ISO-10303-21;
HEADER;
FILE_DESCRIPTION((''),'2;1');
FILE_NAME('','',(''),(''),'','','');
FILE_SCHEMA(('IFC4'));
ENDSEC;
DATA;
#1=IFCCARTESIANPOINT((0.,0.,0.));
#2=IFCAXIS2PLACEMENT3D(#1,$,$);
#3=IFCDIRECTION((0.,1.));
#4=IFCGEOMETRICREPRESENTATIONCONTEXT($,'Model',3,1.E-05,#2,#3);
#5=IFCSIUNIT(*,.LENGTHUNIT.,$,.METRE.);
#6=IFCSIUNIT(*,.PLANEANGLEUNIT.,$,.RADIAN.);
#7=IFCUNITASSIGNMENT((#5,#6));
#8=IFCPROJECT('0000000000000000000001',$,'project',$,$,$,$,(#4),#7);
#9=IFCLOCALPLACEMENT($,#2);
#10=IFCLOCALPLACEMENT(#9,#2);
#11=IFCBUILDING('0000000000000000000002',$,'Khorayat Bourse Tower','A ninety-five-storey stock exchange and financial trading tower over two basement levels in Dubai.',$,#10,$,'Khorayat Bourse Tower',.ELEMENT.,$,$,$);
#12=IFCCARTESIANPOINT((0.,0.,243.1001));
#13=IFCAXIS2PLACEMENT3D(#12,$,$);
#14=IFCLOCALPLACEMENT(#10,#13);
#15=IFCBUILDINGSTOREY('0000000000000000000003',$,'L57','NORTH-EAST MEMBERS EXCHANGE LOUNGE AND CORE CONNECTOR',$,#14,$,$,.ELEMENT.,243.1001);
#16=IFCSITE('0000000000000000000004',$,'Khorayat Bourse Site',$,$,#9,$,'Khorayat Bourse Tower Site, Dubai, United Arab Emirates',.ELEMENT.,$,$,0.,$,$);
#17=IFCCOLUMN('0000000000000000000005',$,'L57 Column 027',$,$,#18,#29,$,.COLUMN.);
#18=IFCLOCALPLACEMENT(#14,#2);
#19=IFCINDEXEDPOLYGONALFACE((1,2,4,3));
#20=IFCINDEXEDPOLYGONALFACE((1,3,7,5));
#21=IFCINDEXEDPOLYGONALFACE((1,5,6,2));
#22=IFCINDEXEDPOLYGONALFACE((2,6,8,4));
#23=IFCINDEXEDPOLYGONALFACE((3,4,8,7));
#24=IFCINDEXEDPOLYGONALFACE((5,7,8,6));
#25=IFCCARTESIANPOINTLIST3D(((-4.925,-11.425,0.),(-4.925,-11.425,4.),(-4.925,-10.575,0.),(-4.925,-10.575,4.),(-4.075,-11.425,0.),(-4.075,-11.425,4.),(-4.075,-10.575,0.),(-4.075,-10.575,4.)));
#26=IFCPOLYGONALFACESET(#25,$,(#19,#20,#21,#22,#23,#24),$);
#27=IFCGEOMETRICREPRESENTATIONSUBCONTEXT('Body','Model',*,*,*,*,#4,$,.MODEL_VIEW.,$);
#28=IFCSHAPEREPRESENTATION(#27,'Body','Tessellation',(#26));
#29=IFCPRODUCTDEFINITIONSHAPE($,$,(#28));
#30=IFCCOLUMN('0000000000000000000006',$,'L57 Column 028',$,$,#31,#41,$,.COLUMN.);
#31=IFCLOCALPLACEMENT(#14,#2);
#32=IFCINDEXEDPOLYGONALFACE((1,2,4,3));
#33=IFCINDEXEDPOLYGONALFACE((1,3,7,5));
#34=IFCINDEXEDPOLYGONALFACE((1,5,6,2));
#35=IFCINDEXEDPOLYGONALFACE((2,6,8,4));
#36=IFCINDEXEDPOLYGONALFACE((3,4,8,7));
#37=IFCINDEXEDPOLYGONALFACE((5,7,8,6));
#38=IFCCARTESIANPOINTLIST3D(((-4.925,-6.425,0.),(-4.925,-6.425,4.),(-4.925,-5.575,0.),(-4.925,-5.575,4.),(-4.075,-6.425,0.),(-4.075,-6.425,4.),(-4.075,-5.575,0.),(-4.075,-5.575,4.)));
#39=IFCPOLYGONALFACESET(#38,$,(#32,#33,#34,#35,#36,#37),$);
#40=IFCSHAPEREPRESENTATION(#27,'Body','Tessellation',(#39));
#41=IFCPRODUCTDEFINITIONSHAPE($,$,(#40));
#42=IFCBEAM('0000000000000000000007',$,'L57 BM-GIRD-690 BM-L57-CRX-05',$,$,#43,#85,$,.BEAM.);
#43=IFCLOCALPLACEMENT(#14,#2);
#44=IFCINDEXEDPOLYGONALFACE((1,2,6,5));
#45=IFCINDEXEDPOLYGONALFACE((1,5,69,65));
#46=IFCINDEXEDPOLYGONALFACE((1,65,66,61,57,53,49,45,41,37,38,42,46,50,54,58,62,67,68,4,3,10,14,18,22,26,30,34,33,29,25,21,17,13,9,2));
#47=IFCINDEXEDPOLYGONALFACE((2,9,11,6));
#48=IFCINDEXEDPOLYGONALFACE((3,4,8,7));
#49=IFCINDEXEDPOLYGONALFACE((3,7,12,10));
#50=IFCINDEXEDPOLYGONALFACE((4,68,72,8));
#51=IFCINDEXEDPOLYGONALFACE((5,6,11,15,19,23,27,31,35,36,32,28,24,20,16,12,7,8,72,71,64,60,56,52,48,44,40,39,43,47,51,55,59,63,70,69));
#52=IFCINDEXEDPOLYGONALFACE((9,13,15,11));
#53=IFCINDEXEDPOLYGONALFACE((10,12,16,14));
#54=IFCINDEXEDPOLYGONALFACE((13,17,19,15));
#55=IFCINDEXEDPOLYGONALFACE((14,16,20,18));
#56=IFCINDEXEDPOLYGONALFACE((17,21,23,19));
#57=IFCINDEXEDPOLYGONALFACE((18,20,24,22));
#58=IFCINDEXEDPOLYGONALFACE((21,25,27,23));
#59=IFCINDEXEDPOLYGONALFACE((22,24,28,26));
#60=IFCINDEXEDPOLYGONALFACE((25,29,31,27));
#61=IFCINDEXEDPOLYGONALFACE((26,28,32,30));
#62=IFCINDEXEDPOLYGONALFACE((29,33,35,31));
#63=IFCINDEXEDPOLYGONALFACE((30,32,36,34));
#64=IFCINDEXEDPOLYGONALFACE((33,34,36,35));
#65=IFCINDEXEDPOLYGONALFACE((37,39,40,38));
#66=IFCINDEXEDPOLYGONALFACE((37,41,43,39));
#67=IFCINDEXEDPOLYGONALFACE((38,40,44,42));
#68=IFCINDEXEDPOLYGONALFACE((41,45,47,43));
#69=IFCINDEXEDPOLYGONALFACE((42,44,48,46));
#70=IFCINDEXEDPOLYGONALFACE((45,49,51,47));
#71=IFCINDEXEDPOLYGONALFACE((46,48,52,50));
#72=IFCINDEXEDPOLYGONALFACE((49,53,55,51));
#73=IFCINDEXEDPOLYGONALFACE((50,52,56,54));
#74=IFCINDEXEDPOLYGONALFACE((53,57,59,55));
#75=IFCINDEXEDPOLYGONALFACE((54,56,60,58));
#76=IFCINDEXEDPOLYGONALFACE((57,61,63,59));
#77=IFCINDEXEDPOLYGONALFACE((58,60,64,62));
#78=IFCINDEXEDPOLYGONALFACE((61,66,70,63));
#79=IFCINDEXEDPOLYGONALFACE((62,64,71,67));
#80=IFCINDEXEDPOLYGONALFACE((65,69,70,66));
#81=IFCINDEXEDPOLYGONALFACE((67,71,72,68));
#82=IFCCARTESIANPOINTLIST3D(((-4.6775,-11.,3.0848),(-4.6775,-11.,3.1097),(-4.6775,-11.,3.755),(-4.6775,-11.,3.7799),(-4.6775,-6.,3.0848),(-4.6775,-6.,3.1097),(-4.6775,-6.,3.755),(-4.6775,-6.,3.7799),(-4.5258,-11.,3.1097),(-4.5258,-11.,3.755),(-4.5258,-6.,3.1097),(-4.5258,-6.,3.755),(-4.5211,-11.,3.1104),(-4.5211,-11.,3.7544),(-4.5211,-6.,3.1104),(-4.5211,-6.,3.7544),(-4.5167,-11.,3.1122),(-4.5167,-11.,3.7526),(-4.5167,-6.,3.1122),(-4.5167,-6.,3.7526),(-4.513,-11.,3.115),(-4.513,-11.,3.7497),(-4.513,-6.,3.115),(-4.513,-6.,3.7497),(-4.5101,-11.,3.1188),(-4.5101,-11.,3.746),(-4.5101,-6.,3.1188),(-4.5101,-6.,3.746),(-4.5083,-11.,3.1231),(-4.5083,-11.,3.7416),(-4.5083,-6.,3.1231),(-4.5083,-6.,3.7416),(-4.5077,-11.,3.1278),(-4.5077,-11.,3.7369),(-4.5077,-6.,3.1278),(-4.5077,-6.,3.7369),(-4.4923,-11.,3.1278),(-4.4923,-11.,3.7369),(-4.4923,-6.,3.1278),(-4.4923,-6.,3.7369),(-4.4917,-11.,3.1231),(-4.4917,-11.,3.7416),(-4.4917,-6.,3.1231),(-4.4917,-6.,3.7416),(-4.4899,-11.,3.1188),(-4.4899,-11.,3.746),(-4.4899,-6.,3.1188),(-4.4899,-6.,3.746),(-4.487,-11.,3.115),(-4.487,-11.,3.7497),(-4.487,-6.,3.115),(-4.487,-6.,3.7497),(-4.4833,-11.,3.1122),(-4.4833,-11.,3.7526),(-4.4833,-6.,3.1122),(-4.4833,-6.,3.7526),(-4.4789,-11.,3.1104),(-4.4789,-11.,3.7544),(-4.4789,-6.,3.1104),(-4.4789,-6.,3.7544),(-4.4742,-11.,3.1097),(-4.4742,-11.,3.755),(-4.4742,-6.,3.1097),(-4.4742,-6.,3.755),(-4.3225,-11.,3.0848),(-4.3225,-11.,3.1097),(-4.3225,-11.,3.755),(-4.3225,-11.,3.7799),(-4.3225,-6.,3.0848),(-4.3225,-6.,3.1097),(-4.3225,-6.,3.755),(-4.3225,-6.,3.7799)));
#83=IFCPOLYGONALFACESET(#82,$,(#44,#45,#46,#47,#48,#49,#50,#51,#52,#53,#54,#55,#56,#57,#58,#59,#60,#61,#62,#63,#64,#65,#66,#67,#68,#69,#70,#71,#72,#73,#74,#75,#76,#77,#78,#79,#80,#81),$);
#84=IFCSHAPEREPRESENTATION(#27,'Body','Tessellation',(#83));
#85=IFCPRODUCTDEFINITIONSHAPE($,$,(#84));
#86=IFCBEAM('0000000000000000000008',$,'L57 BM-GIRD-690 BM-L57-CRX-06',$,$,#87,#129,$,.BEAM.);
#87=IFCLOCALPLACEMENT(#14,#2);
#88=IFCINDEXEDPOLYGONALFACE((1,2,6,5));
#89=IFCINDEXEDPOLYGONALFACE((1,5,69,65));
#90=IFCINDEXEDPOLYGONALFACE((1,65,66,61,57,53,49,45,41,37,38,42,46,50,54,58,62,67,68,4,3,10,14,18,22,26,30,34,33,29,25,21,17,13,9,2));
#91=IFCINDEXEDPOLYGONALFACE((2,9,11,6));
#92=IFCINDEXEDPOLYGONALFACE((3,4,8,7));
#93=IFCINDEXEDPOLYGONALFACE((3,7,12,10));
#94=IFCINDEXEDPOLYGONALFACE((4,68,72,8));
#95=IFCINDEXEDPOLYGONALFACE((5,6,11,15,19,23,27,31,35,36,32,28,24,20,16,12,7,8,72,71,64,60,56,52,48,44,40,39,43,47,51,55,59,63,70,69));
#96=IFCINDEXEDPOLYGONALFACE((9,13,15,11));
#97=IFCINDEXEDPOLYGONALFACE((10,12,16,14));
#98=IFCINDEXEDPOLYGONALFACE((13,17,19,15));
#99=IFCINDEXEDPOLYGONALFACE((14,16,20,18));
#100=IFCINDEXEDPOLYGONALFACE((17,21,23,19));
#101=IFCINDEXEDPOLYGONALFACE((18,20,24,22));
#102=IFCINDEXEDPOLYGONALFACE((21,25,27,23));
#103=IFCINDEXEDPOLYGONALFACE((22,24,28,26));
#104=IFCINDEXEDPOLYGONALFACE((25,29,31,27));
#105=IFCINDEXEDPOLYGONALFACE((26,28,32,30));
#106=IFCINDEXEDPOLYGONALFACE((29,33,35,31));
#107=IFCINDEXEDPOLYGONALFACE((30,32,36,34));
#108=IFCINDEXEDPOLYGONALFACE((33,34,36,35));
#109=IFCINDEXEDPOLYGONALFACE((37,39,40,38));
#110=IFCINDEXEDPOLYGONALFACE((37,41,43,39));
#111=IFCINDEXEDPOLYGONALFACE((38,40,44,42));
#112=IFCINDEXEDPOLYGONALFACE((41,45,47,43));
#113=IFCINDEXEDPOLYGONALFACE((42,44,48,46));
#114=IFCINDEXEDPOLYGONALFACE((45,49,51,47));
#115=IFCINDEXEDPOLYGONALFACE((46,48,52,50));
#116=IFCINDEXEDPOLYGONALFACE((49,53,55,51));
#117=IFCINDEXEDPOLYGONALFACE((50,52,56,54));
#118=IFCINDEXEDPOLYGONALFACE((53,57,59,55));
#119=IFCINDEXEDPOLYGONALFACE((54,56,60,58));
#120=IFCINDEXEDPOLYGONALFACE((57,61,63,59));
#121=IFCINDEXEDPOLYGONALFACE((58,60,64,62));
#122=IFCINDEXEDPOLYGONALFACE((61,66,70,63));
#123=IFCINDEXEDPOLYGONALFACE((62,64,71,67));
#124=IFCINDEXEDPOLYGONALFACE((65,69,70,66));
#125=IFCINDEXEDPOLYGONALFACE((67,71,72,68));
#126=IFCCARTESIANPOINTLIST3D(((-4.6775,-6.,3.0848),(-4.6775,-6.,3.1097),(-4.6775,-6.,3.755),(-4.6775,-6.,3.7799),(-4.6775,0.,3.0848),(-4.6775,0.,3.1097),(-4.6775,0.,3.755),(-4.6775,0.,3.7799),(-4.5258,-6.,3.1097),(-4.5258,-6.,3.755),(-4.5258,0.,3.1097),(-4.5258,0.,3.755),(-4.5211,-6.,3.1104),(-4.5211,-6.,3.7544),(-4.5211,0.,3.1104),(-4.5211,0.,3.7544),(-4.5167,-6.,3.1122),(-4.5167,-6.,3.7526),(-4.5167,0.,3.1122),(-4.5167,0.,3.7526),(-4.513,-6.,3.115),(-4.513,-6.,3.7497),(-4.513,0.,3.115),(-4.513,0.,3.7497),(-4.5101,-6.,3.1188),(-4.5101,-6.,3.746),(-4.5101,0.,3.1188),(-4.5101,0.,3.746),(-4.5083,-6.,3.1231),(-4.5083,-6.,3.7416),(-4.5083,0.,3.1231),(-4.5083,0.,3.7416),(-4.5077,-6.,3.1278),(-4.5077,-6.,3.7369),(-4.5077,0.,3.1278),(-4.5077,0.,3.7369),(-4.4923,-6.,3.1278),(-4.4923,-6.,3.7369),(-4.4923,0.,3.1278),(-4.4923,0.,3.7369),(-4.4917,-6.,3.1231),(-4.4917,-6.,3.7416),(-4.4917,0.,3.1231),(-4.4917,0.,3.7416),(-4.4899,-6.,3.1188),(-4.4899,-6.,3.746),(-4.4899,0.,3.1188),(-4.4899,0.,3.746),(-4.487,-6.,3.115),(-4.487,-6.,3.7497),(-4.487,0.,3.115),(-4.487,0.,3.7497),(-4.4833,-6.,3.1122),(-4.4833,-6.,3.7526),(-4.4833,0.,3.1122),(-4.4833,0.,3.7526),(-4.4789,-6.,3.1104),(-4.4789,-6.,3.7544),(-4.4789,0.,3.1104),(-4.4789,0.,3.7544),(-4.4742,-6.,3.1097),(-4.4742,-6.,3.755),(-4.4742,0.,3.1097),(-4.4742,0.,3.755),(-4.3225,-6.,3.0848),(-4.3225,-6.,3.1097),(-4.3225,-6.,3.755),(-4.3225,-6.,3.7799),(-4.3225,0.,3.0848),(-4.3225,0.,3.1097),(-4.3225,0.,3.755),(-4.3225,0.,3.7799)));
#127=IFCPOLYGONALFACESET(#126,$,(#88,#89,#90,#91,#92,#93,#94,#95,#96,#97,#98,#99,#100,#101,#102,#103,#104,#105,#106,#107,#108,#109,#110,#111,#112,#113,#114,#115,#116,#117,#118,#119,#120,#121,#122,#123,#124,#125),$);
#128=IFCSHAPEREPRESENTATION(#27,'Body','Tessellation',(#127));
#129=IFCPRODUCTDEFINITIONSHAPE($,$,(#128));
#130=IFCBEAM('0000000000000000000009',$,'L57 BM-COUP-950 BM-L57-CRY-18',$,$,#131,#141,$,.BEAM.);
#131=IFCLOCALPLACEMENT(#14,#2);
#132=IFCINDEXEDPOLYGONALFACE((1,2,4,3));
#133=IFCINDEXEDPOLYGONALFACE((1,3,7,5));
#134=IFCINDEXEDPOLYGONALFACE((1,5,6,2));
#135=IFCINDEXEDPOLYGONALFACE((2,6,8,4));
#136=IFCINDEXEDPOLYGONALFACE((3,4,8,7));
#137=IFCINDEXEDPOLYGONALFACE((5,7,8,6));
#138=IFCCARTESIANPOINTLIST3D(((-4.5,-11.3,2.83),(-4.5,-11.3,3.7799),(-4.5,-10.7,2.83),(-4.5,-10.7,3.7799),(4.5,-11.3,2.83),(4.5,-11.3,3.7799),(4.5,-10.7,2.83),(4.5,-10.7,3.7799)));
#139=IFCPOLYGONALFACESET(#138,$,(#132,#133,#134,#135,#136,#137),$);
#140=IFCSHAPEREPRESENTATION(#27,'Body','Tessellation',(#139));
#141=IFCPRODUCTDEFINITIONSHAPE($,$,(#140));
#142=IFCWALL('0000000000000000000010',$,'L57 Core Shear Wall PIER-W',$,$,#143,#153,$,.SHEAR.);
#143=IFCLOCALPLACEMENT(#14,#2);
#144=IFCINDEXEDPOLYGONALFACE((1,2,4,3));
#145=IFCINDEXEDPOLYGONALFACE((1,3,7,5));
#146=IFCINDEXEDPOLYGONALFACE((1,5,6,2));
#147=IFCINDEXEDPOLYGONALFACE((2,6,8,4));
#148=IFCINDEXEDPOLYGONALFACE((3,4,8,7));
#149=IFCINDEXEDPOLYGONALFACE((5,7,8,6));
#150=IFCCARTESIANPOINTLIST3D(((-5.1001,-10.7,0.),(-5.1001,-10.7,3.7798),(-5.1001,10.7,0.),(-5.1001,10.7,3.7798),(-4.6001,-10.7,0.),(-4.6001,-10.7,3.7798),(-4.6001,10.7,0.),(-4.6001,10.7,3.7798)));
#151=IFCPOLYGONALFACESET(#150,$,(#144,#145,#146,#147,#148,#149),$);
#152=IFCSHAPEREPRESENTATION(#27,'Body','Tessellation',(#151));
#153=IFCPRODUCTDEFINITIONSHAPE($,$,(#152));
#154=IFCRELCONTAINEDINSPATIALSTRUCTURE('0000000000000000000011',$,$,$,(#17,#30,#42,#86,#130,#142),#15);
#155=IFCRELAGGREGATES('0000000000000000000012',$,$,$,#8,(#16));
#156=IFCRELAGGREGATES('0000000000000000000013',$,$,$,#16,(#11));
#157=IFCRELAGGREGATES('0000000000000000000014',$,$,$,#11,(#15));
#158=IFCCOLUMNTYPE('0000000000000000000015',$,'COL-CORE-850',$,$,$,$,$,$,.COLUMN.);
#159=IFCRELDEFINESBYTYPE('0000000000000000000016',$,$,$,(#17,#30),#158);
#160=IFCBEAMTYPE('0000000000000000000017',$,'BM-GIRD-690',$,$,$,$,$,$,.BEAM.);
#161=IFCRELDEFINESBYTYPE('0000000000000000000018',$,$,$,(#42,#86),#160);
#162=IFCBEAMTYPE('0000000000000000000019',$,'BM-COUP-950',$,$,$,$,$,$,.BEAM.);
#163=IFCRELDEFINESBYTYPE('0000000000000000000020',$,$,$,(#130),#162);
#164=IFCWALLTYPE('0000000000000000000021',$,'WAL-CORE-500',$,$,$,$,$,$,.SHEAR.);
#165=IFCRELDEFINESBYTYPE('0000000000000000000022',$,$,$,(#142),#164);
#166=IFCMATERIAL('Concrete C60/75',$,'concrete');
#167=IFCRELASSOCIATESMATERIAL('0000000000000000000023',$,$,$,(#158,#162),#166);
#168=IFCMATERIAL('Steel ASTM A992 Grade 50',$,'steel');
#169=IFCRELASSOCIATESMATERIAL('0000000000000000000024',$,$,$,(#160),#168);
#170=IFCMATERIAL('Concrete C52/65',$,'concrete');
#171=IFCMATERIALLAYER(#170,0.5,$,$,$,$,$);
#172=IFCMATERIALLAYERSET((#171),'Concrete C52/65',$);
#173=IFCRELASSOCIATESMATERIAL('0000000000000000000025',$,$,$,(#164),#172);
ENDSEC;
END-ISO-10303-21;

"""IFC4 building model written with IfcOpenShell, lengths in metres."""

from ifc_helpers import new_model, si_unit, direction, frame, frame_2d, origin, origin_2d, place, context, subcontext, project, spatial, rectangle, i_section, extrude, source, transform, mapped, material, layer, layer_set, material_profile, profile_set, type_object, element, save


model = new_model("IFC4")

# Units and contexts
model_context = context("Model", 3, precision=1e-05, world=origin(), true_north=direction((0.0, 1.0)))
body_context = subcontext(model_context, "Body", "Model", "MODEL_VIEW")
ifc_project = project(units=[si_unit("LENGTHUNIT", "METRE"), si_unit("PLANEANGLEUNIT", "RADIAN")], contexts=[model_context])

# Site, building, storey
site_placement = place(None, origin())
site = spatial("IfcSite", under=ifc_project, at=site_placement, Name="Khorayat Bourse Site", LongName="Khorayat Bourse Tower Site, Dubai, United Arab Emirates", CompositionType="ELEMENT", RefElevation=0.0)
building_placement = place(site_placement, origin())
building = spatial("IfcBuilding", under=site, at=building_placement, Name="Khorayat Bourse Tower", Description="A ninety-five-storey stock exchange and financial trading tower over two basement levels in Dubai.", LongName="Khorayat Bourse Tower", CompositionType="ELEMENT")
storey_placement = place(building_placement, frame((0.0, 0.0, 243.1001)))
storey = spatial("IfcBuildingStorey", under=building, at=storey_placement, Name="L57", Description="NORTH-EAST MEMBERS EXCHANGE LOUNGE AND CORE CONNECTOR", CompositionType="ELEMENT", Elevation=243.1001)

# Columns
ifc_material_1 = material(Name="Concrete C60/75", Category="concrete")
ifc_material_profile_1 = material_profile(ifc_material_1, rectangle(XDim=0.8501, YDim=0.8501, at=origin_2d()), Name="RC 850x850")
ifc_profile_set_1 = profile_set([ifc_material_profile_1], Name="Concrete C60/75")
column_type = type_object("IfcColumnType", Name="COL-CORE-850", PredefinedType="COLUMN", material=ifc_profile_set_1)
shared_shape_1 = source(origin(), body_context, "Body", "SweptSolid", [
    extrude(rectangle(XDim=0.8501, YDim=0.8501, at=origin_2d()), origin(), (0.0, 0.0, 1.0), 4.0),
])
for number, where, z_axis, x_axis, name in (
    (1, (-4.5, -11.0, 0.0), (0.0, 0.0, 1.0), (1.0, 0.0, 0.0), "L57 Column 027"),
    (2, (-4.5, -6.0, 0.0), (0.0, 0.0, 1.0), (1.0, 0.0, 0.0), "L57 Column 028"),
):
    element("IfcColumn", number, at=place(storey_placement, frame(where, z_axis=z_axis, x_axis=x_axis)), inside=storey, type_object=column_type, Name=name, PredefinedType="COLUMN", context=body_context, shape_type="MappedRepresentation", body=[
        mapped(shared_shape_1, transform((0.0, 0.0, 0.0), scale=1.0)),
    ])

# Beams
ifc_material_2 = material(Name="Steel ASTM A992 Grade 50", Category="steel")
ifc_material_profile_2 = material_profile(ifc_material_2, i_section(OverallWidth=0.355, OverallDepth=0.6951, WebThickness=0.0154, FlangeThickness=0.0249, FilletRadius=0.0181, at=origin_2d()), Name="W690X217")
ifc_profile_set_2 = profile_set([ifc_material_profile_2], Name="Steel ASTM A992 Grade 50")
beam_type_1 = type_object("IfcBeamType", Name="BM-GIRD-690", PredefinedType="BEAM", material=ifc_profile_set_2)
shared_shape_2 = source(origin(), body_context, "Body", "SweptSolid", [
    extrude(i_section(OverallWidth=0.355, OverallDepth=0.6951, WebThickness=0.0154, FlangeThickness=0.0249, FilletRadius=0.0181, at=origin_2d()), origin(), (0.0, 0.0, 1.0), 5.0),
])
beam_1_placement = place(storey_placement, frame((-4.5, -11.0, 3.4324), z_axis=(0.0, 1.0, 0.0), x_axis=(-1.0, 0.0, 0.0)))
element("IfcBeam", 3, at=beam_1_placement, inside=storey, type_object=beam_type_1, Name="L57 BM-GIRD-690 BM-L57-CRX-05", PredefinedType="BEAM", context=body_context, shape_type="MappedRepresentation", body=[
    mapped(shared_shape_2, transform((0.0, 0.0, 0.0), scale=1.0)),
])
shared_shape_3 = source(origin(), body_context, "Body", "SweptSolid", [
    extrude(i_section(OverallWidth=0.355, OverallDepth=0.6951, WebThickness=0.0154, FlangeThickness=0.0249, FilletRadius=0.0181, at=origin_2d()), origin(), (0.0, 0.0, 1.0), 6.0),
])
beam_2_placement = place(storey_placement, frame((-4.5, -6.0, 3.4324), z_axis=(0.0, 1.0, 0.0), x_axis=(-1.0, 0.0, 0.0)))
element("IfcBeam", 4, at=beam_2_placement, inside=storey, type_object=beam_type_1, Name="L57 BM-GIRD-690 BM-L57-CRX-06", PredefinedType="BEAM", context=body_context, shape_type="MappedRepresentation", body=[
    mapped(shared_shape_3, transform((0.0, 0.0, 0.0), scale=1.0)),
])
ifc_material_profile_3 = material_profile(ifc_material_1, rectangle(XDim=0.6001, YDim=0.95, at=origin_2d()), Name="RC 600x950")
ifc_profile_set_3 = profile_set([ifc_material_profile_3], Name="Concrete C60/75")
beam_type_2 = type_object("IfcBeamType", Name="BM-COUP-950", PredefinedType="BEAM", material=ifc_profile_set_3)
shared_shape_4 = source(origin(), body_context, "Body", "SweptSolid", [
    extrude(rectangle(XDim=0.6001, YDim=0.95, at=origin_2d()), origin(), (0.0, 0.0, 1.0), 9.0),
])
beam_3_placement = place(storey_placement, frame((-4.5, -11.0, 3.3049), z_axis=(1.0, 0.0, 0.0), x_axis=(0.0, 1.0, 0.0)))
element("IfcBeam", 5, at=beam_3_placement, inside=storey, type_object=beam_type_2, Name="L57 BM-COUP-950 BM-L57-CRY-18", PredefinedType="BEAM", context=body_context, shape_type="MappedRepresentation", body=[
    mapped(shared_shape_4, transform((0.0, 0.0, 0.0), scale=1.0)),
])

# Wall
ifc_material_3 = material(Name="Concrete C52/65", Category="concrete")
ifc_layer_1 = layer(ifc_material_3, 0.5)
ifc_layer_set_1 = layer_set([ifc_layer_1], Name="Concrete C52/65")
wall_type_1 = type_object("IfcWallType", Name="WAL-CORE-500", PredefinedType="SHEAR", material=ifc_layer_set_1)
shared_shape_5 = source(origin(), body_context, "Body", "SweptSolid", [
    extrude(rectangle(XDim=21.3999, YDim=0.5, at=frame_2d((10.7, 0.0))), origin(), (0.0, 0.0, 1.0), 3.7798),
])
wall_1_placement = place(storey_placement, frame((-4.8501, -10.7, 0.0), z_axis=(0.0, 0.0, 1.0), x_axis=(0.0, 1.0, 0.0)))
element("IfcWall", 6, at=wall_1_placement, inside=storey, type_object=wall_type_1, Name="L57 Core Shear Wall PIER-W", PredefinedType="SHEAR", context=body_context, shape_type="MappedRepresentation", body=[
    mapped(shared_shape_5, transform((0.0, 0.0, 0.0), scale=1.0)),
])

save(model, "model.ifc")
